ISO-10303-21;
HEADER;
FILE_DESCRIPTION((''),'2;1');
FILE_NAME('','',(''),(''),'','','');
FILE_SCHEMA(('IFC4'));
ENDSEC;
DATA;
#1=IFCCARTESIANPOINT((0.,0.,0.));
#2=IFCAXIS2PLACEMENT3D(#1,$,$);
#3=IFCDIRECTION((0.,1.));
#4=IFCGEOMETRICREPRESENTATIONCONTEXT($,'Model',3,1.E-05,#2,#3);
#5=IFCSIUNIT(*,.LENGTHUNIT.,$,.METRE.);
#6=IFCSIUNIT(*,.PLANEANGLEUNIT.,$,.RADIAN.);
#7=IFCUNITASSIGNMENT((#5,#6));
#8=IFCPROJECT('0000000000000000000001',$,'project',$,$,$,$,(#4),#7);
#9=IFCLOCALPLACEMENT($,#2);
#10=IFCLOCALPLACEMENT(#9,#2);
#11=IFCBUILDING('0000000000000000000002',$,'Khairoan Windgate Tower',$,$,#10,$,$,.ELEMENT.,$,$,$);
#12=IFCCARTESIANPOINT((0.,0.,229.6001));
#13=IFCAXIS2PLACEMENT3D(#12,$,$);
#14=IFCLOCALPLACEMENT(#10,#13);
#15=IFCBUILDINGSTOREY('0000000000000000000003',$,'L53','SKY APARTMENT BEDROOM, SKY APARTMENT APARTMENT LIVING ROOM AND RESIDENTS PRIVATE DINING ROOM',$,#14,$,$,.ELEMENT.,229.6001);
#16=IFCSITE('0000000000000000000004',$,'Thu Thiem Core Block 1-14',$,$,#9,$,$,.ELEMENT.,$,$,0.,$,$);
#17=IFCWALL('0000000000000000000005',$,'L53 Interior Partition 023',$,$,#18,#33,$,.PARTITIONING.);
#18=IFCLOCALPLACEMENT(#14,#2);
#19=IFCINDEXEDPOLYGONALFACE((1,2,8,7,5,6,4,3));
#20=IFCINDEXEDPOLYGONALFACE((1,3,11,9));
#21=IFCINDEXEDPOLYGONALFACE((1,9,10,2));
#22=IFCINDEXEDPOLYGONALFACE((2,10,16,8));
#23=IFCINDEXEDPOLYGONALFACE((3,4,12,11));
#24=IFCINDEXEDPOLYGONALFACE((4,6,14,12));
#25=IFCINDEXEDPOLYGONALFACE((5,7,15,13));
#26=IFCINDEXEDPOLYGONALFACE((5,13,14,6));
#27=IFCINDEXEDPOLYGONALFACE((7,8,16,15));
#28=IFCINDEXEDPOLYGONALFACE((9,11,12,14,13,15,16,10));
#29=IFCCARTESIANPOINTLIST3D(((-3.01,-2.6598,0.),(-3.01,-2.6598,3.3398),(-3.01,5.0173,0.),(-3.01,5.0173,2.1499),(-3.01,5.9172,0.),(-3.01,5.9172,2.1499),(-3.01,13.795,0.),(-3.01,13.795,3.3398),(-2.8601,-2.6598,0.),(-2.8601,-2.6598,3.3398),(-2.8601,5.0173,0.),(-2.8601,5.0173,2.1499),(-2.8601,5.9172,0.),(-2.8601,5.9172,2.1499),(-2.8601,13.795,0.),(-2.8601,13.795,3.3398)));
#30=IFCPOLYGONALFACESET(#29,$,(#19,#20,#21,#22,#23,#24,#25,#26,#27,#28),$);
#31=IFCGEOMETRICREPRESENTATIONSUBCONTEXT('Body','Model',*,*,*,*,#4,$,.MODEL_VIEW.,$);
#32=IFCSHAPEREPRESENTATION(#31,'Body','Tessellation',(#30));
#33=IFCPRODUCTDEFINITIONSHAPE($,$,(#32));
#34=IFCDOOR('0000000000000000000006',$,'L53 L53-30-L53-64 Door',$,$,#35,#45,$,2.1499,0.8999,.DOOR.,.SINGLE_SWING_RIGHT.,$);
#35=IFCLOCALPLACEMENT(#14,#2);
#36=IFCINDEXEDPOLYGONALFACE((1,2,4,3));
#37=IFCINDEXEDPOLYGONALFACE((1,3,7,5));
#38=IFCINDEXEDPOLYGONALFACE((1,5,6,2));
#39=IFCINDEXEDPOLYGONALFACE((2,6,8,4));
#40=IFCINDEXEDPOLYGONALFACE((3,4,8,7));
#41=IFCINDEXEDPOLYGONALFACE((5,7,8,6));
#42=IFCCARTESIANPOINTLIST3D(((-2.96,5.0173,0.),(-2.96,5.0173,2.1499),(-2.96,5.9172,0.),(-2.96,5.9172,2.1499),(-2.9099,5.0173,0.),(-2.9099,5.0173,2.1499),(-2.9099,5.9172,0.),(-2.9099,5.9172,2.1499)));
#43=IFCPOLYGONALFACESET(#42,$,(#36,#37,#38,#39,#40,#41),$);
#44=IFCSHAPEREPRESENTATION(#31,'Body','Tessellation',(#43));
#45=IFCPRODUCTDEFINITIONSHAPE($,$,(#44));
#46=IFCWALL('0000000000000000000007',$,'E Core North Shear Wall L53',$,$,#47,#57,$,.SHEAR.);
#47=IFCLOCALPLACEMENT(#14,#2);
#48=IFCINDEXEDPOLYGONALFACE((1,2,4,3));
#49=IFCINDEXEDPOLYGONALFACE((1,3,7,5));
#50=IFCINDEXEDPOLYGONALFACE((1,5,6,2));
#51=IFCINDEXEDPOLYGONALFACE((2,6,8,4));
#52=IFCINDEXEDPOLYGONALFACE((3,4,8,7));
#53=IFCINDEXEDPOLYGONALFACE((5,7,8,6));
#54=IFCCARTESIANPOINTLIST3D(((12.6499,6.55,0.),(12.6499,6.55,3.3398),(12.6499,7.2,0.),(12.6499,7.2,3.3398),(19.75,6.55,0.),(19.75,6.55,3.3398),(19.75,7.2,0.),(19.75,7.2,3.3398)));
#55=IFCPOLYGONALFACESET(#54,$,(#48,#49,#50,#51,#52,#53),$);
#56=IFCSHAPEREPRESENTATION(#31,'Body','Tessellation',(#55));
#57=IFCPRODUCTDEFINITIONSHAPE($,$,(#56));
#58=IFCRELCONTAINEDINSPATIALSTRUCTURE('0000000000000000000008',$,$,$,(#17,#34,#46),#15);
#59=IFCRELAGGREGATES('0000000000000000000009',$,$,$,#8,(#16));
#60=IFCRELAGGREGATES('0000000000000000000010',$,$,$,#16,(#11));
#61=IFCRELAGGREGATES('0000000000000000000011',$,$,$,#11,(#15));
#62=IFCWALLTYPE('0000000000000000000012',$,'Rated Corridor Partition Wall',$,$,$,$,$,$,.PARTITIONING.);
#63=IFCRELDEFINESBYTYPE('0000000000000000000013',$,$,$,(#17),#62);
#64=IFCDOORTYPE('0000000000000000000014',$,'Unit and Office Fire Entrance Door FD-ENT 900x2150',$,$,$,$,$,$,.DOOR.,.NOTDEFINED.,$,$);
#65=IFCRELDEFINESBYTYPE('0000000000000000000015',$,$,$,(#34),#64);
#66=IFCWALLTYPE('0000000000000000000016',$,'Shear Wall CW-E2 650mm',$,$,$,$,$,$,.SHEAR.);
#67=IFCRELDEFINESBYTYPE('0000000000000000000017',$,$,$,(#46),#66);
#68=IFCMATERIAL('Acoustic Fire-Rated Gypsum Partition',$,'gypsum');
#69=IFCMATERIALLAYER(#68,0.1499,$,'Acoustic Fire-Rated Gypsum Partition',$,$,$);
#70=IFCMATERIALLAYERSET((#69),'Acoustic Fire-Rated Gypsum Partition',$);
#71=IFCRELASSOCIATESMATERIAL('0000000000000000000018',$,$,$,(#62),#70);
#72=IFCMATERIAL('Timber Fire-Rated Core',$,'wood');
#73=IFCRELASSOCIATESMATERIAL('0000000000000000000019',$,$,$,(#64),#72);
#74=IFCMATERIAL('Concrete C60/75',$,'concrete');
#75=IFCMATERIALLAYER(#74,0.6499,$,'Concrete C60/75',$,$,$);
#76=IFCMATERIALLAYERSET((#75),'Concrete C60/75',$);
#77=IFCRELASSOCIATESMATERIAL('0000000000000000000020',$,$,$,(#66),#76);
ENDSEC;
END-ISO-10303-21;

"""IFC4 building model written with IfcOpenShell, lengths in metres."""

from ifc_helpers import new_model, si_unit, direction, frame, frame_2d, origin, place, context, subcontext, project, spatial, rectangle, extrude, material, layer, layer_set, type_object, element, fill, save


model = new_model("IFC4")

# Units and contexts
model_context = context("Model", 3, precision=1e-05, world=origin(), true_north=direction((0.0, 1.0)))
body_context = subcontext(model_context, "Body", "Model", "MODEL_VIEW")
ifc_project = project(units=[si_unit("LENGTHUNIT", "METRE"), si_unit("PLANEANGLEUNIT", "RADIAN")], contexts=[model_context])

# Site, building, storey
site_placement = place(None, origin())
site = spatial("IfcSite", under=ifc_project, at=site_placement, Name="Thu Thiem Core Block 1-14", CompositionType="ELEMENT", RefElevation=0.0)
building_placement = place(site_placement, origin())
building = spatial("IfcBuilding", under=site, at=building_placement, Name="Khairoan Windgate Tower", CompositionType="ELEMENT")
storey_placement = place(building_placement, frame((0.0, 0.0, 229.6001)))
storey = spatial("IfcBuildingStorey", under=building, at=storey_placement, Name="L53", Description="SKY APARTMENT BEDROOM, SKY APARTMENT APARTMENT LIVING ROOM AND RESIDENTS PRIVATE DINING ROOM", CompositionType="ELEMENT", Elevation=229.6001)

# Wall, opening, door
ifc_material_1 = material(Name="Acoustic Fire-Rated Gypsum Partition", Category="gypsum")
ifc_layer_1 = layer(ifc_material_1, 0.1499, Name="Acoustic Fire-Rated Gypsum Partition")
ifc_layer_set_1 = layer_set([ifc_layer_1], Name="Acoustic Fire-Rated Gypsum Partition")
wall_type_1 = type_object("IfcWallType", Name="Rated Corridor Partition Wall", PredefinedType="PARTITIONING", material=ifc_layer_set_1)
ifc_material_2 = material(Name="Timber Fire-Rated Core", Category="wood")
door_type = type_object("IfcDoorType", Name="Unit and Office Fire Entrance Door FD-ENT 900x2150", OperationType="NOTDEFINED", PredefinedType="DOOR", material=ifc_material_2)
wall_1_placement = place(storey_placement, frame((-2.9351, -2.6599, 0.0), z_axis=(0.0, 0.0, 1.0), x_axis=(0.0, 1.0, 0.0)))
wall_1 = element("IfcWall", 1, at=wall_1_placement, inside=storey, type_object=wall_type_1, Name="L53 Interior Partition 023", PredefinedType="PARTITIONING", context=body_context, shape_type="SweptSolid", body=[
    extrude(rectangle(XDim=16.4548, YDim=0.1499, at=frame_2d((8.2275, 0.0))), origin(), (0.0, 0.0, 1.0), 3.3398),
])
opening_1_placement = place(wall_1_placement, frame((7.6772, 0.0, 0.0)))
opening_1 = element("IfcOpeningElement", 2, at=opening_1_placement, cuts=wall_1, PredefinedType="OPENING", context=body_context, shape_type="SweptSolid", body=[
    extrude(rectangle(XDim=0.8999, YDim=2.1499, at=frame_2d((0.45, 1.075))), frame((0.0, 0.085, 0.0), z_axis=(0.0, -1.0, 0.0), x_axis=(1.0, 0.0, 0.0)), (0.0, 0.0, 1.0), 0.1699),
])
door_1_placement = place(opening_1_placement, origin())
door_1 = element("IfcDoor", 3, at=door_1_placement, inside=storey, type_object=door_type, Name="L53 L53-30-L53-64 Door", OperationType="SINGLE_SWING_RIGHT", OverallHeight=2.1499, OverallWidth=0.8999, PredefinedType="DOOR", context=body_context, shape_type="SweptSolid", body=[
    extrude(rectangle(XDim=0.8999, YDim=2.1499, at=frame_2d((0.45, 1.075))), frame((0.0, 0.0249, 0.0), z_axis=(0.0, -1.0, 0.0), x_axis=(1.0, 0.0, 0.0)), (0.0, 0.0, 1.0), 0.05),
])
fill(opening_1, door_1)

# Wall
ifc_material_3 = material(Name="Concrete C60/75", Category="concrete")
ifc_layer_2 = layer(ifc_material_3, 0.6499, Name="Concrete C60/75")
ifc_layer_set_2 = layer_set([ifc_layer_2], Name="Concrete C60/75")
wall_type_2 = type_object("IfcWallType", Name="Shear Wall CW-E2 650mm", PredefinedType="SHEAR", material=ifc_layer_set_2)
wall_2_placement = place(storey_placement, frame((12.6499, 6.875, 0.0), z_axis=(0.0, 0.0, 1.0), x_axis=(1.0, 0.0, 0.0)))
element("IfcWall", 4, at=wall_2_placement, inside=storey, type_object=wall_type_2, Name="E Core North Shear Wall L53", PredefinedType="SHEAR", context=body_context, shape_type="SweptSolid", body=[
    extrude(rectangle(XDim=7.1001, YDim=0.6499, at=frame_2d((3.55, 0.0))), origin(), (0.0, 0.0, 1.0), 3.3398),
])

save(model, "model.ifc")
